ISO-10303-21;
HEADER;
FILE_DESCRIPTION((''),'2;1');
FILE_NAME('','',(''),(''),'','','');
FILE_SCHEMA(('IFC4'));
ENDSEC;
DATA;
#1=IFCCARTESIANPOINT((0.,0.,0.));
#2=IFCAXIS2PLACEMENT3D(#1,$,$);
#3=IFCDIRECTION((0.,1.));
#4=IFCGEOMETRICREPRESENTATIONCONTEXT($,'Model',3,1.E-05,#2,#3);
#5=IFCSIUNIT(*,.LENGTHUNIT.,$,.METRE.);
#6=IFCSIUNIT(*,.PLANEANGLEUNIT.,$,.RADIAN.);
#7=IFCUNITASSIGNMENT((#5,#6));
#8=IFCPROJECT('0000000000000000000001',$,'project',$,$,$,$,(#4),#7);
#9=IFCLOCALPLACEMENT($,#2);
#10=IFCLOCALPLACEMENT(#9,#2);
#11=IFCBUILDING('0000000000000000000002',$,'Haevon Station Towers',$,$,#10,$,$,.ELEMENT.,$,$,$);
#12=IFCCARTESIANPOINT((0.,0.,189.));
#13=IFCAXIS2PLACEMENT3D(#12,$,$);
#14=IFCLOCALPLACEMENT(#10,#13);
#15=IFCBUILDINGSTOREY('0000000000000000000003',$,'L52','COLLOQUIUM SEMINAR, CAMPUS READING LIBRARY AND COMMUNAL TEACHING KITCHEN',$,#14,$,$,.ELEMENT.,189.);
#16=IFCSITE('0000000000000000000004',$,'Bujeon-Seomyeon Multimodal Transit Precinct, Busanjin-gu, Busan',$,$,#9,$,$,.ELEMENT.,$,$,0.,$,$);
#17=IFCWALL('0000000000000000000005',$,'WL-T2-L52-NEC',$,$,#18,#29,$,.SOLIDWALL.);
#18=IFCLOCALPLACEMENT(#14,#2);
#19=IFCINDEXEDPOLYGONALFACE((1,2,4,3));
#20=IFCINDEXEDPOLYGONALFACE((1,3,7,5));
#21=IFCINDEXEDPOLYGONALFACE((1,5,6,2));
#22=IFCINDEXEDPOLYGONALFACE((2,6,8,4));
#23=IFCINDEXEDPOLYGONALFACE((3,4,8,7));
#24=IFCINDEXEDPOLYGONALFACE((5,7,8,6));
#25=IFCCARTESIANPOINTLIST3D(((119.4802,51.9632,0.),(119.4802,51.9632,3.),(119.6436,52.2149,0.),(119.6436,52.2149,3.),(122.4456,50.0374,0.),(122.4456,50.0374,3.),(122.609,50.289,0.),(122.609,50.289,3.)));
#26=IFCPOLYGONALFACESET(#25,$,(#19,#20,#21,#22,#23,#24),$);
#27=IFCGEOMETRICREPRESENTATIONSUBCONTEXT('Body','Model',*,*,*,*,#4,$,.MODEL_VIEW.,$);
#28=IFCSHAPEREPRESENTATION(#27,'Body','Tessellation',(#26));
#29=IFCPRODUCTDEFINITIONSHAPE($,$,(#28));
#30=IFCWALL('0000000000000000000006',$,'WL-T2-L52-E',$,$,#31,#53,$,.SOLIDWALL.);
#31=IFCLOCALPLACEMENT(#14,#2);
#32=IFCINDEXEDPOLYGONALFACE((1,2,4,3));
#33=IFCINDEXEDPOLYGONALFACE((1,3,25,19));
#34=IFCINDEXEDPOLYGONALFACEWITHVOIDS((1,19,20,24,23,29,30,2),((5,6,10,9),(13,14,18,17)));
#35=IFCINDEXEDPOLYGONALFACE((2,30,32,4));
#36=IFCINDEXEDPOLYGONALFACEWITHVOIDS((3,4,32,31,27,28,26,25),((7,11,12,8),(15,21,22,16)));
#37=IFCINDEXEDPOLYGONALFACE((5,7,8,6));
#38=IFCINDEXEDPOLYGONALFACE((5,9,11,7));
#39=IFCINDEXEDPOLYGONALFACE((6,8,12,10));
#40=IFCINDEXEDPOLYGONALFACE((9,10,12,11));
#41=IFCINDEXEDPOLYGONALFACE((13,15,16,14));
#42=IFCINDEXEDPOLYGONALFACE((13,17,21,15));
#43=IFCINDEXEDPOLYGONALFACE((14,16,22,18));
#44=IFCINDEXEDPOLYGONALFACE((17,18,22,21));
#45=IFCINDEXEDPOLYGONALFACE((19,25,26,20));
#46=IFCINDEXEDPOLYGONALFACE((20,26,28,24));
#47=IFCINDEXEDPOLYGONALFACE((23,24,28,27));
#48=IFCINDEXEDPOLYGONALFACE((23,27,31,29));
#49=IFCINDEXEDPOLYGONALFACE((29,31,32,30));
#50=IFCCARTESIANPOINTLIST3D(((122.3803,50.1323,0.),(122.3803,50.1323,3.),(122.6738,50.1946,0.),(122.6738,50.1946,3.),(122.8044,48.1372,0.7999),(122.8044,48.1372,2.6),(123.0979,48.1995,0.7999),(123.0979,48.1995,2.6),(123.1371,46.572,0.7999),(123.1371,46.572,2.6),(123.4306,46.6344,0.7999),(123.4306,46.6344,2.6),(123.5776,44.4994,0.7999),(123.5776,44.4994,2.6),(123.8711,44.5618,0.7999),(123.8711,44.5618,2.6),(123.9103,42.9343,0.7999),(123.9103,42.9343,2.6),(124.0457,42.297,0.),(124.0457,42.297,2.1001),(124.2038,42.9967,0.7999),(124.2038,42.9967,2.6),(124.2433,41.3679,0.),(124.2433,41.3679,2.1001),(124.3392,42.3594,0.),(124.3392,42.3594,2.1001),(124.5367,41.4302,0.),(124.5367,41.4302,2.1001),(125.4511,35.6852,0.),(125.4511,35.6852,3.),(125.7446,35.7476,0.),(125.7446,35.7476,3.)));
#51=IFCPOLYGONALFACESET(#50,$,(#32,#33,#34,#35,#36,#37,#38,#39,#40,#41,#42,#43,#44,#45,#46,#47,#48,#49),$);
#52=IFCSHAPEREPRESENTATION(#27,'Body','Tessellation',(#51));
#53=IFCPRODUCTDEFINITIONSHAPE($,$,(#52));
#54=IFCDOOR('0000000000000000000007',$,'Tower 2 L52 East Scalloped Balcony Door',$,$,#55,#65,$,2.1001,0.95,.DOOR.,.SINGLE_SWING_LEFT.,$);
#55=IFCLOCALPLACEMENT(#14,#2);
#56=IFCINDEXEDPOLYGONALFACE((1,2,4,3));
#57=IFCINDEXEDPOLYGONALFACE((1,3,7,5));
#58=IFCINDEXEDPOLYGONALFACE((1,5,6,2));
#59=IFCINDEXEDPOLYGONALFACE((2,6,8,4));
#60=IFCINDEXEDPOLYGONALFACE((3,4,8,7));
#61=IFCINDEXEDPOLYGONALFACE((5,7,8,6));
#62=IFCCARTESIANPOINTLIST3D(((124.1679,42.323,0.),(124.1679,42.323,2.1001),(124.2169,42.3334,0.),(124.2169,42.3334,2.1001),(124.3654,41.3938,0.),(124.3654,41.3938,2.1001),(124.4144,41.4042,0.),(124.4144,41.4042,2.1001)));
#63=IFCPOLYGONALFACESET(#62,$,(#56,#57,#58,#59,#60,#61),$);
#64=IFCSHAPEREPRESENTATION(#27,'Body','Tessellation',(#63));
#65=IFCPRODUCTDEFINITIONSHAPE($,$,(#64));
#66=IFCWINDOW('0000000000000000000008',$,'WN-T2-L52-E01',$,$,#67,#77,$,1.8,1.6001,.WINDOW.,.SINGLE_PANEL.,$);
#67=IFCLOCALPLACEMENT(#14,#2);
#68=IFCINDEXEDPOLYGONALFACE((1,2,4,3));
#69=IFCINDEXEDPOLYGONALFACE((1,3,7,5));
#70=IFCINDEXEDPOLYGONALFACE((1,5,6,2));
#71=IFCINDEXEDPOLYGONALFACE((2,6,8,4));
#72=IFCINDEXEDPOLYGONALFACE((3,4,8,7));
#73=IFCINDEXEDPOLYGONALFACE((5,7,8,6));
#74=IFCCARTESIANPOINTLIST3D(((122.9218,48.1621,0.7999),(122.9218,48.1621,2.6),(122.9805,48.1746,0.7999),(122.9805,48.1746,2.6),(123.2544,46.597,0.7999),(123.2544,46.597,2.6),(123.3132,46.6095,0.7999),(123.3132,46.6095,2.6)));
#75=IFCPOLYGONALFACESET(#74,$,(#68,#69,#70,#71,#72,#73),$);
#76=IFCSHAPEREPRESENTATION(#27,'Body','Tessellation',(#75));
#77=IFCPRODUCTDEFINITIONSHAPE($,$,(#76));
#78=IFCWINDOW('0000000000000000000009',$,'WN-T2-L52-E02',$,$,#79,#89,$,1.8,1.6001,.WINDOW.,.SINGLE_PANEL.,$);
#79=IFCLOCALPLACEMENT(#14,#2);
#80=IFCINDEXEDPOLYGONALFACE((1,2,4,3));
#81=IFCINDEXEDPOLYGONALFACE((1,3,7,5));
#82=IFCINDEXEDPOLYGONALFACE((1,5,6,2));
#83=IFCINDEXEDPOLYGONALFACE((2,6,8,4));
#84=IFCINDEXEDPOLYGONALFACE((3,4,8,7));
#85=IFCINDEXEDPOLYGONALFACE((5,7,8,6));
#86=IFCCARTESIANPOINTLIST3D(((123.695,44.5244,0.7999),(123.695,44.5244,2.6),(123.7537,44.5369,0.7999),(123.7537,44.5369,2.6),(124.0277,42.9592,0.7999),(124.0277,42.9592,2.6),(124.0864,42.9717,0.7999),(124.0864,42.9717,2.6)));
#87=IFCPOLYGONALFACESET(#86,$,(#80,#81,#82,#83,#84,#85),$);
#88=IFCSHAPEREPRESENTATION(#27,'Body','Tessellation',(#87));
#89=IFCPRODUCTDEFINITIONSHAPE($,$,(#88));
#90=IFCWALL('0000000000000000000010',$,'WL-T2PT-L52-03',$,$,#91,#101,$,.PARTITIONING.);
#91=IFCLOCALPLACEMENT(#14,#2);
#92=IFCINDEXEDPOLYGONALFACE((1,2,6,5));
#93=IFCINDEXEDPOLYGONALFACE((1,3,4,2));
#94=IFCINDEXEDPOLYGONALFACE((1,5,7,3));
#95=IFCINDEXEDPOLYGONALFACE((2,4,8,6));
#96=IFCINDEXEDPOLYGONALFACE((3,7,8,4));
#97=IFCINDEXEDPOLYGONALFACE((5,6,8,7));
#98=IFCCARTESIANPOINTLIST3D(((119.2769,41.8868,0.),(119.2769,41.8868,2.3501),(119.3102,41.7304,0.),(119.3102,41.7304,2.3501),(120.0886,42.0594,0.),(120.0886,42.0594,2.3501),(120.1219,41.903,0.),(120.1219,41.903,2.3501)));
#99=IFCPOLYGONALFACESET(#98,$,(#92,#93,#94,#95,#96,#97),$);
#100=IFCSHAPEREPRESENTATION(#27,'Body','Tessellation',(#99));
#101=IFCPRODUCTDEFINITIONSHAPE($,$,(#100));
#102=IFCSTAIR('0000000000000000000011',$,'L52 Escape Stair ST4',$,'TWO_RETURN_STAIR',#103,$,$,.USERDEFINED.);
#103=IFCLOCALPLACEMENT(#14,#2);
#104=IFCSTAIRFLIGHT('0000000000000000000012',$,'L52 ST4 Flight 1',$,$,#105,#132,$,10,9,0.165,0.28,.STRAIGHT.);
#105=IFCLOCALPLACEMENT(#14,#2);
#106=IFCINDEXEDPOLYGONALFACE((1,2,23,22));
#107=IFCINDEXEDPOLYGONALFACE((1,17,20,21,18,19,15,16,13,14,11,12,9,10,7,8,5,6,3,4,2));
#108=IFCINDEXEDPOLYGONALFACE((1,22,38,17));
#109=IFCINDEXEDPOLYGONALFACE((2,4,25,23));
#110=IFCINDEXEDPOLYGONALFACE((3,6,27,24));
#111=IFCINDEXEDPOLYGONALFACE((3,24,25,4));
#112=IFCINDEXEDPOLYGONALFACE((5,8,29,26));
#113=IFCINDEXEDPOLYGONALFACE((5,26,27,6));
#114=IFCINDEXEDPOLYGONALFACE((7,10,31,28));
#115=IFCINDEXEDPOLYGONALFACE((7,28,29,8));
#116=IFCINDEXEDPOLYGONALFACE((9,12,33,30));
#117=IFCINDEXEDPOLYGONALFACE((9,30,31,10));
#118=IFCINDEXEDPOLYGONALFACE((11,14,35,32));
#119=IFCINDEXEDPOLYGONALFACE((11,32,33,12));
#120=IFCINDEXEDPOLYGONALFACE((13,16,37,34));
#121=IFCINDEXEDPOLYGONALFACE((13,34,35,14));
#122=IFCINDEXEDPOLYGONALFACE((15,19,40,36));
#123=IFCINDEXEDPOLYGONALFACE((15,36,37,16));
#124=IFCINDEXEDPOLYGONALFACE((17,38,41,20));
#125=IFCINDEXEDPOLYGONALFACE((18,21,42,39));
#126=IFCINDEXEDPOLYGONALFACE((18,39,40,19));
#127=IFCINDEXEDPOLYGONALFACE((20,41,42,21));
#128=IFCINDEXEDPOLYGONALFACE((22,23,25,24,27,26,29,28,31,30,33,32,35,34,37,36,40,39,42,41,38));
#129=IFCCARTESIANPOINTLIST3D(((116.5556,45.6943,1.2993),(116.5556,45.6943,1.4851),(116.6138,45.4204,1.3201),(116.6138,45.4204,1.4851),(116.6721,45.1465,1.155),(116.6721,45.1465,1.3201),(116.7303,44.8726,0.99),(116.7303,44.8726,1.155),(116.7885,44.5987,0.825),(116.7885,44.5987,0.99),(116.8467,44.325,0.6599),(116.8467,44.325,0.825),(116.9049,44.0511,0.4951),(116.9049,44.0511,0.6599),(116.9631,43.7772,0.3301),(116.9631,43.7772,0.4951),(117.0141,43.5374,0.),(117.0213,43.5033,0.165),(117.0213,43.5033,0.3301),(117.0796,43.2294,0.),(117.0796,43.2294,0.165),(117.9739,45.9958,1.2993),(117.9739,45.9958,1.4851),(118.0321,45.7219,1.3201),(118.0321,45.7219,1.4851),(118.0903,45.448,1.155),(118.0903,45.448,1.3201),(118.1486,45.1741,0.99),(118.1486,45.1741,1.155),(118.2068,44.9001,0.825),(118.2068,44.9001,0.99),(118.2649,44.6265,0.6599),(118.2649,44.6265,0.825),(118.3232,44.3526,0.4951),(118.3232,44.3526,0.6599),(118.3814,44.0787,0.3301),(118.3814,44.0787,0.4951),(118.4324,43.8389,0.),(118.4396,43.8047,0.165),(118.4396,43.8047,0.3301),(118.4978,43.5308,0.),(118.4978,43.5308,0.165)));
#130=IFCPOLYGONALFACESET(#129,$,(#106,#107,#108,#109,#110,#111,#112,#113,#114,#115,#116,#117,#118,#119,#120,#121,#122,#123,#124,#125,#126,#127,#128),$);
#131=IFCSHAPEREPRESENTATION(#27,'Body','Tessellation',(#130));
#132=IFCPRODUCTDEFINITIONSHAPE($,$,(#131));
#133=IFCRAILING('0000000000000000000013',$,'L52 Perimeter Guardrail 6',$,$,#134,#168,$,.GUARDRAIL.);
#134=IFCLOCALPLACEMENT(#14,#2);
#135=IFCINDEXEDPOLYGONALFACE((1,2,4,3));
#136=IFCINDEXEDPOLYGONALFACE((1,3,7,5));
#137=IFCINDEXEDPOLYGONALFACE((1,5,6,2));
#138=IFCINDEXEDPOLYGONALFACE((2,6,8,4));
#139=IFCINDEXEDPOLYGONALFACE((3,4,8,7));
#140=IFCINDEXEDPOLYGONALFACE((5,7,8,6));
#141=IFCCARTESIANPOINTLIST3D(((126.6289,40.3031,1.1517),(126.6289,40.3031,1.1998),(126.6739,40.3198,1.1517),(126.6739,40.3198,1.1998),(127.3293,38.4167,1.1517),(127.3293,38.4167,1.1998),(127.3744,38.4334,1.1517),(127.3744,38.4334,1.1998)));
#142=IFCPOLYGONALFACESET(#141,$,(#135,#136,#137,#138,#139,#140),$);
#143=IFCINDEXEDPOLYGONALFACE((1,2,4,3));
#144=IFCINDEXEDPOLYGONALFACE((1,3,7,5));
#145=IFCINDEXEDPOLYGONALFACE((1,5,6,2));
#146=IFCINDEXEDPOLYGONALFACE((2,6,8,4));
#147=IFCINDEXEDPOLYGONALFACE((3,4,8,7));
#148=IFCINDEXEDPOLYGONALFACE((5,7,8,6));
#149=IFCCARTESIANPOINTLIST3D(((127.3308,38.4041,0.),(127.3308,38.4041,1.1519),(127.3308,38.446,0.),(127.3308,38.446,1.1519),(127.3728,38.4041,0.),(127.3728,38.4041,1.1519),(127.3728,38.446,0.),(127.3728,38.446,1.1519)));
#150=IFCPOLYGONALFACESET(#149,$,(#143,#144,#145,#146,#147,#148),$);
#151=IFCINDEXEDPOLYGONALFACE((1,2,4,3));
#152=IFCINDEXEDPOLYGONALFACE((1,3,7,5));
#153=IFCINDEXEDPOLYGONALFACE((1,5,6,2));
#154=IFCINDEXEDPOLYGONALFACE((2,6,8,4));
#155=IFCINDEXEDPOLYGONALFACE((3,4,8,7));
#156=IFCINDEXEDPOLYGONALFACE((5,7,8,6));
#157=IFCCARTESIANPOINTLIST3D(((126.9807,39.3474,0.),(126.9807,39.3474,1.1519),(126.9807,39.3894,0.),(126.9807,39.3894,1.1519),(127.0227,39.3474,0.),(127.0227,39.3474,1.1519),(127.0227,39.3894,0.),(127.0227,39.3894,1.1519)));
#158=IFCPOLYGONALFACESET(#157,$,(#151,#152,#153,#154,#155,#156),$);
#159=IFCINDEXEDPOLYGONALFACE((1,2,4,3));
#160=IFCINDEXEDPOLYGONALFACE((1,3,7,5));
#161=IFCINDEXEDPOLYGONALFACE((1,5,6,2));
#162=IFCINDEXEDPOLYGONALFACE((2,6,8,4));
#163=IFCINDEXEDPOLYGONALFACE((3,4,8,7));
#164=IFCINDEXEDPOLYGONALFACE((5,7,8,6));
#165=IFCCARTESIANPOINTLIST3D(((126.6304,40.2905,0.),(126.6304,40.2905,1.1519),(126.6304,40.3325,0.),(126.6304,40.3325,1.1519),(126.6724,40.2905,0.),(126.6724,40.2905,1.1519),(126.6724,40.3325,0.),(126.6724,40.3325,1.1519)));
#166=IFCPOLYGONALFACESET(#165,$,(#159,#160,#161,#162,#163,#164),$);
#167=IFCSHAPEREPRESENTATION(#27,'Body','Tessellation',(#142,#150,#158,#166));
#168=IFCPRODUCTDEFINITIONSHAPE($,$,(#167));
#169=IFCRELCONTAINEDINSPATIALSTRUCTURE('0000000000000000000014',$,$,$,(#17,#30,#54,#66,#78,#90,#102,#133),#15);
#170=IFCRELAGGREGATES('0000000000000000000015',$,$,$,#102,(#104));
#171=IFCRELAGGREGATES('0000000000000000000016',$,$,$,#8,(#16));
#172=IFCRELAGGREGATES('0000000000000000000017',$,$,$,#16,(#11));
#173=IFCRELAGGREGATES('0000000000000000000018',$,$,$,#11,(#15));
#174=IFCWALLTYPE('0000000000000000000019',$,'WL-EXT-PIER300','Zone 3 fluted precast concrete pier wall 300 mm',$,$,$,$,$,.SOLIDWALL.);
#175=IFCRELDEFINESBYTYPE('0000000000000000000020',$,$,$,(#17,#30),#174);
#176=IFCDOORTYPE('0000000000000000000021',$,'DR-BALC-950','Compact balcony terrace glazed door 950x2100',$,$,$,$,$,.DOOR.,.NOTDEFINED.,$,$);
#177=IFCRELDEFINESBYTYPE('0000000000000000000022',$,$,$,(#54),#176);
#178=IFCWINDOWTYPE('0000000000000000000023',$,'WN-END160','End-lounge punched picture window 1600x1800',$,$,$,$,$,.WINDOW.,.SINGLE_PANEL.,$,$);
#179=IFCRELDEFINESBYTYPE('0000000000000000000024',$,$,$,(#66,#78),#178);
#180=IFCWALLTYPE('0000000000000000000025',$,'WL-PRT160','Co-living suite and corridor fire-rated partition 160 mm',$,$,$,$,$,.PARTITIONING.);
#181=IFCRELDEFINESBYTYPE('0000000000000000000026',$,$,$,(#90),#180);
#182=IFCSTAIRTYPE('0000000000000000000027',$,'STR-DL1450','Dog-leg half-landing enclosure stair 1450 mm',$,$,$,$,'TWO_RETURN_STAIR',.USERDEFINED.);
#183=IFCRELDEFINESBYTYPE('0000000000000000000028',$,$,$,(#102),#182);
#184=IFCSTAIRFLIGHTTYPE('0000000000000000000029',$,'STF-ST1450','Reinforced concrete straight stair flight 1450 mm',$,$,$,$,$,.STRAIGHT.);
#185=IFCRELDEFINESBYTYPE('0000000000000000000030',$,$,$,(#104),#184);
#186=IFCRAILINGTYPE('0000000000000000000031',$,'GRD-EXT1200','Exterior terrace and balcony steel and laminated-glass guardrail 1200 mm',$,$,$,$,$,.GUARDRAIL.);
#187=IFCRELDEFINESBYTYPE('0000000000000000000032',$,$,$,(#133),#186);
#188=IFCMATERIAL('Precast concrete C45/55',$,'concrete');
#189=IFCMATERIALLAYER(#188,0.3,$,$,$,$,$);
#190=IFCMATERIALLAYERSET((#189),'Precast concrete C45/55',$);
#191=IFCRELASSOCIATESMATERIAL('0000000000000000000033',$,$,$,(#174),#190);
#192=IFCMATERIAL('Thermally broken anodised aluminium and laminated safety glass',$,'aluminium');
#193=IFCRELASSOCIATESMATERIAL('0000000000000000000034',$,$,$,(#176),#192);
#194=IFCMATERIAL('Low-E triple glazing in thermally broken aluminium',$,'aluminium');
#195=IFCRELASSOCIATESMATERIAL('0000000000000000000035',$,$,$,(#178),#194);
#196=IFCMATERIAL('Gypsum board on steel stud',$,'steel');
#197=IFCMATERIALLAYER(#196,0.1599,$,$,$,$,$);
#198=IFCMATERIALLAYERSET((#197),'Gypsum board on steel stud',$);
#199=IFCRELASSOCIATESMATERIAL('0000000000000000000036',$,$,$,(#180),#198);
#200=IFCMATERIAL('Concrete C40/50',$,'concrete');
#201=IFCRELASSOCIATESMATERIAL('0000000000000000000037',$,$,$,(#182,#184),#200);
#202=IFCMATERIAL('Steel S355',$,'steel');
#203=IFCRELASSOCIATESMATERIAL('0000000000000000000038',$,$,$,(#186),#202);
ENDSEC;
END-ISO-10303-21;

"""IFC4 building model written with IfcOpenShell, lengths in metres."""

from ifc_helpers import new_model, si_unit, direction, frame, frame_2d, origin, origin_2d, place, context, subcontext, project, spatial, polyline, rectangle, outline, extrude, material, layer, layer_set, type_object, element, fill, aggregate, save


model = new_model("IFC4")

# Units and contexts
model_context = context("Model", 3, precision=1e-05, world=origin(), true_north=direction((0.0, 1.0)))
body_context = subcontext(model_context, "Body", "Model", "MODEL_VIEW")
ifc_project = project(units=[si_unit("LENGTHUNIT", "METRE"), si_unit("PLANEANGLEUNIT", "RADIAN")], contexts=[model_context])

# Site, building, storey
site_placement = place(None, origin())
site = spatial("IfcSite", under=ifc_project, at=site_placement, Name="Bujeon-Seomyeon Multimodal Transit Precinct, Busanjin-gu, Busan", CompositionType="ELEMENT", RefElevation=0.0)
building_placement = place(site_placement, origin())
building = spatial("IfcBuilding", under=site, at=building_placement, Name="Haevon Station Towers", CompositionType="ELEMENT")
storey_placement = place(building_placement, frame((0.0, 0.0, 189.0)))
storey = spatial("IfcBuildingStorey", under=building, at=storey_placement, Name="L52", Description="COLLOQUIUM SEMINAR, CAMPUS READING LIBRARY AND COMMUNAL TEACHING KITCHEN", CompositionType="ELEMENT", Elevation=189.0)

# Shared definitions
ifc_material_1 = material(Name="Steel S355", Category="steel")

# Wall
ifc_material_2 = material(Name="Precast concrete C45/55", Category="concrete")
ifc_layer_1 = layer(ifc_material_2, 0.3)
ifc_layer_set_1 = layer_set([ifc_layer_1], Name="Precast concrete C45/55")
wall_type_1 = type_object("IfcWallType", Name="WL-EXT-PIER300", Description="Zone 3 fluted precast concrete pier wall 300 mm", PredefinedType="SOLIDWALL", material=ifc_layer_set_1)
wall_1_placement = place(storey_placement, frame((119.5618, 52.0891, 0.0), z_axis=(0.0, 0.0, 1.0), x_axis=(0.838661, -0.544653, 0.0)))
element("IfcWall", 1, at=wall_1_placement, inside=storey, type_object=wall_type_1, Name="WL-T2-L52-NEC", PredefinedType="SOLIDWALL", context=body_context, shape_type="SweptSolid", body=[
    extrude(rectangle(XDim=3.5359, YDim=0.3, at=frame_2d((1.7681, 0.0))), origin(), (0.0, 0.0, 1.0), 3.0),
])

# Wall, openings, door, windows
wall_2_placement = place(storey_placement, frame((122.5271, 50.1633, 0.0), z_axis=(0.0, 0.0, 1.0), x_axis=(0.207911, -0.978148, 0.0)))
wall_2 = element("IfcWall", 2, at=wall_2_placement, inside=storey, type_object=wall_type_1, Name="WL-T2-L52-E", PredefinedType="SOLIDWALL", context=body_context, shape_type="SweptSolid", body=[
    extrude(rectangle(XDim=14.7698, YDim=0.3, at=frame_2d((7.3848, 0.0))), origin(), (0.0, 0.0, 1.0), 3.0),
])
opening_1_placement = place(wall_2_placement, frame((8.01, 0.0, 0.0)))
opening_1 = element("IfcOpeningElement", 3, at=opening_1_placement, cuts=wall_2, PredefinedType="OPENING", context=body_context, shape_type="SweptSolid", body=[
    extrude(rectangle(XDim=0.95, YDim=2.1001, at=frame_2d((0.4751, 1.05))), frame((0.0, 0.1599, 0.0), z_axis=(0.0, -1.0, 0.0), x_axis=(1.0, 0.0, 0.0)), (0.0, 0.0, 1.0), 0.3201),
])
opening_2_placement = place(wall_2_placement, frame((2.0396, 0.0, 0.8)))
opening_2 = element("IfcOpeningElement", 4, at=opening_2_placement, cuts=wall_2, PredefinedType="OPENING", context=body_context, shape_type="SweptSolid", body=[
    extrude(rectangle(XDim=1.6001, YDim=1.8, at=frame_2d((0.8, 0.8999))), frame((0.0, 0.1599, 0.0), z_axis=(0.0, -1.0, 0.0), x_axis=(1.0, 0.0, 0.0)), (0.0, 0.0, 1.0), 0.3201),
])
opening_3_placement = place(wall_2_placement, frame((5.7585, 0.0, 0.8)))
opening_3 = element("IfcOpeningElement", 5, at=opening_3_placement, cuts=wall_2, PredefinedType="OPENING", context=body_context, shape_type="SweptSolid", body=[
    extrude(rectangle(XDim=1.6001, YDim=1.8, at=frame_2d((0.8, 0.8999))), frame((0.0, 0.1599, 0.0), z_axis=(0.0, -1.0, 0.0), x_axis=(1.0, 0.0, 0.0)), (0.0, 0.0, 1.0), 0.3201),
])
ifc_material_3 = material(Name="Thermally broken anodised aluminium and laminated safety glass", Category="aluminium")
door_type = type_object("IfcDoorType", Name="DR-BALC-950", Description="Compact balcony terrace glazed door 950x2100", OperationType="NOTDEFINED", PredefinedType="DOOR", material=ifc_material_3)
door_placement = place(opening_1_placement, origin())
door = element("IfcDoor", 6, at=door_placement, inside=storey, type_object=door_type, Name="Tower 2 L52 East Scalloped Balcony Door", OperationType="SINGLE_SWING_LEFT", OverallHeight=2.1001, OverallWidth=0.95, PredefinedType="DOOR", context=body_context, shape_type="SweptSolid", body=[
    extrude(rectangle(XDim=0.95, YDim=2.1001, at=frame_2d((0.4751, 1.05))), frame((0.0, 0.0249, 0.0), z_axis=(0.0, -1.0, 0.0), x_axis=(1.0, 0.0, 0.0)), (0.0, 0.0, 1.0), 0.05),
])
fill(opening_1, door)
ifc_material_4 = material(Name="Low-E triple glazing in thermally broken aluminium", Category="aluminium")
window_type = type_object("IfcWindowType", Name="WN-END160", Description="End-lounge punched picture window 1600x1800", PartitioningType="SINGLE_PANEL", PredefinedType="WINDOW", material=ifc_material_4)
window_1_placement = place(opening_2_placement, origin())
window_1 = element("IfcWindow", 7, at=window_1_placement, inside=storey, type_object=window_type, Name="WN-T2-L52-E01", OverallHeight=1.8, OverallWidth=1.6001, PartitioningType="SINGLE_PANEL", PredefinedType="WINDOW", context=body_context, shape_type="SweptSolid", body=[
    extrude(rectangle(XDim=1.6001, YDim=1.8, at=frame_2d((0.8, 0.8999))), frame((0.0, 0.03, 0.0), z_axis=(0.0, -1.0, 0.0), x_axis=(1.0, 0.0, 0.0)), (0.0, 0.0, 1.0), 0.0601),
])
fill(opening_2, window_1)
window_2_placement = place(opening_3_placement, origin())
window_2 = element("IfcWindow", 8, at=window_2_placement, inside=storey, type_object=window_type, Name="WN-T2-L52-E02", OverallHeight=1.8, OverallWidth=1.6001, PartitioningType="SINGLE_PANEL", PredefinedType="WINDOW", context=body_context, shape_type="SweptSolid", body=[
    extrude(rectangle(XDim=1.6001, YDim=1.8, at=frame_2d((0.8, 0.8999))), frame((0.0, 0.03, 0.0), z_axis=(0.0, -1.0, 0.0), x_axis=(1.0, 0.0, 0.0)), (0.0, 0.0, 1.0), 0.0601),
])
fill(opening_3, window_2)

# Wall
ifc_material_5 = material(Name="Gypsum board on steel stud", Category="steel")
ifc_layer_2 = layer(ifc_material_5, 0.1599)
ifc_layer_set_2 = layer_set([ifc_layer_2], Name="Gypsum board on steel stud")
wall_type_2 = type_object("IfcWallType", Name="WL-PRT160", Description="Co-living suite and corridor fire-rated partition 160 mm", PredefinedType="PARTITIONING", material=ifc_layer_set_2)
wall_3_placement = place(storey_placement, frame((119.2935, 41.8086, 0.0), z_axis=(0.0, 0.0, 1.0), x_axis=(0.978133, 0.207982, 0.0)))
element("IfcWall", 9, at=wall_3_placement, inside=storey, type_object=wall_type_2, Name="WL-T2PT-L52-03", PredefinedType="PARTITIONING", context=body_context, shape_type="SweptSolid", body=[
    extrude(rectangle(XDim=0.8298, YDim=0.1599, at=frame_2d((0.415, 0.0))), origin(), (0.0, 0.0, 1.0), 2.3501),
])

# Stair, stair flight
ifc_material_6 = material(Name="Concrete C40/50", Category="concrete")
stair_type = type_object("IfcStairType", Name="STR-DL1450", Description="Dog-leg half-landing enclosure stair 1450 mm", ElementType="TWO_RETURN_STAIR", PredefinedType="USERDEFINED", material=ifc_material_6)
stair_placement = place(storey_placement, origin())
stair = element("IfcStair", 10, at=stair_placement, inside=storey, type_object=stair_type, Name="L52 Escape Stair ST4", ObjectType="TWO_RETURN_STAIR", PredefinedType="USERDEFINED")
stair_flight_type = type_object("IfcStairFlightType", Name="STF-ST1450", Description="Reinforced concrete straight stair flight 1450 mm", PredefinedType="STRAIGHT", material=ifc_material_6)
stair_flight_placement = place(storey_placement, frame((117.7888, 43.3801, 0.0), z_axis=(0.0, 0.0, 1.0), x_axis=(-0.207912, 0.978148, 0.0)))
stair_flight = element("IfcStairFlight", 11, at=stair_flight_placement, type_object=stair_flight_type, Name="L52 ST4 Flight 1", NumberOfRisers=10, NumberOfTreads=9, PredefinedType="STRAIGHT", RiserHeight=0.165, TreadLength=0.28, context=body_context, shape_type="SweptSolid", body=[
    extrude(outline(polyline([(0.0, 0.0), (0.0, 0.165), (0.28, 0.165), (0.28, 0.3301), (0.5601, 0.3301), (0.5601, 0.4951), (0.8401, 0.4951), (0.8401, 0.6599), (1.1201, 0.6599), (1.1201, 0.825), (1.3999, 0.825), (1.3999, 0.99), (1.6799, 0.99), (1.6799, 1.155), (1.96, 1.155), (1.96, 1.3201), (2.24, 1.3201), (2.24, 1.4851), (2.52, 1.4851), (2.52, 1.6499), (2.52, 1.2993), (0.3149, 0.0), (0.0, 0.0)])), frame((0.0, 0.7251, 0.0), z_axis=(0.0, -1.0, 0.0), x_axis=(1.0, 0.0, 0.0)), (0.0, 0.0, 1.0), 1.45),
])
aggregate(stair, [stair_flight])

# Railing
railing_type_1 = type_object("IfcRailingType", Name="GRD-EXT1200", Description="Exterior terrace and balcony steel and laminated-glass guardrail 1200 mm", PredefinedType="GUARDRAIL", material=ifc_material_1)
railing_1_placement = place(storey_placement, frame((127.3518, 38.425, 0.0)))
element("IfcRailing", 12, at=railing_1_placement, inside=storey, type_object=railing_type_1, Name="L52 Perimeter Guardrail 6", PredefinedType="GUARDRAIL", context=body_context, shape_type="SweptSolid", body=[
    extrude(rectangle(XDim=0.0481, YDim=0.0481, at=origin_2d()), frame((0.0, 0.0, 1.1758), z_axis=(-0.348077, 0.937466, 0.0), x_axis=(-0.937466, -0.348077, 0.0)), (0.0, 0.0, 1.0), 2.0122),
    extrude(rectangle(XDim=0.042, YDim=0.042, at=origin_2d()), origin(), (0.0, 0.0, 1.0), 1.1519),
    extrude(rectangle(XDim=0.042, YDim=0.042, at=origin_2d()), frame((-0.3501, 0.9434, 0.0)), (0.0, 0.0, 1.0), 1.1519),
    extrude(rectangle(XDim=0.042, YDim=0.042, at=origin_2d()), frame((-0.7004, 1.8865, 0.0)), (0.0, 0.0, 1.0), 1.1519),
])

save(model, "model.ifc")
